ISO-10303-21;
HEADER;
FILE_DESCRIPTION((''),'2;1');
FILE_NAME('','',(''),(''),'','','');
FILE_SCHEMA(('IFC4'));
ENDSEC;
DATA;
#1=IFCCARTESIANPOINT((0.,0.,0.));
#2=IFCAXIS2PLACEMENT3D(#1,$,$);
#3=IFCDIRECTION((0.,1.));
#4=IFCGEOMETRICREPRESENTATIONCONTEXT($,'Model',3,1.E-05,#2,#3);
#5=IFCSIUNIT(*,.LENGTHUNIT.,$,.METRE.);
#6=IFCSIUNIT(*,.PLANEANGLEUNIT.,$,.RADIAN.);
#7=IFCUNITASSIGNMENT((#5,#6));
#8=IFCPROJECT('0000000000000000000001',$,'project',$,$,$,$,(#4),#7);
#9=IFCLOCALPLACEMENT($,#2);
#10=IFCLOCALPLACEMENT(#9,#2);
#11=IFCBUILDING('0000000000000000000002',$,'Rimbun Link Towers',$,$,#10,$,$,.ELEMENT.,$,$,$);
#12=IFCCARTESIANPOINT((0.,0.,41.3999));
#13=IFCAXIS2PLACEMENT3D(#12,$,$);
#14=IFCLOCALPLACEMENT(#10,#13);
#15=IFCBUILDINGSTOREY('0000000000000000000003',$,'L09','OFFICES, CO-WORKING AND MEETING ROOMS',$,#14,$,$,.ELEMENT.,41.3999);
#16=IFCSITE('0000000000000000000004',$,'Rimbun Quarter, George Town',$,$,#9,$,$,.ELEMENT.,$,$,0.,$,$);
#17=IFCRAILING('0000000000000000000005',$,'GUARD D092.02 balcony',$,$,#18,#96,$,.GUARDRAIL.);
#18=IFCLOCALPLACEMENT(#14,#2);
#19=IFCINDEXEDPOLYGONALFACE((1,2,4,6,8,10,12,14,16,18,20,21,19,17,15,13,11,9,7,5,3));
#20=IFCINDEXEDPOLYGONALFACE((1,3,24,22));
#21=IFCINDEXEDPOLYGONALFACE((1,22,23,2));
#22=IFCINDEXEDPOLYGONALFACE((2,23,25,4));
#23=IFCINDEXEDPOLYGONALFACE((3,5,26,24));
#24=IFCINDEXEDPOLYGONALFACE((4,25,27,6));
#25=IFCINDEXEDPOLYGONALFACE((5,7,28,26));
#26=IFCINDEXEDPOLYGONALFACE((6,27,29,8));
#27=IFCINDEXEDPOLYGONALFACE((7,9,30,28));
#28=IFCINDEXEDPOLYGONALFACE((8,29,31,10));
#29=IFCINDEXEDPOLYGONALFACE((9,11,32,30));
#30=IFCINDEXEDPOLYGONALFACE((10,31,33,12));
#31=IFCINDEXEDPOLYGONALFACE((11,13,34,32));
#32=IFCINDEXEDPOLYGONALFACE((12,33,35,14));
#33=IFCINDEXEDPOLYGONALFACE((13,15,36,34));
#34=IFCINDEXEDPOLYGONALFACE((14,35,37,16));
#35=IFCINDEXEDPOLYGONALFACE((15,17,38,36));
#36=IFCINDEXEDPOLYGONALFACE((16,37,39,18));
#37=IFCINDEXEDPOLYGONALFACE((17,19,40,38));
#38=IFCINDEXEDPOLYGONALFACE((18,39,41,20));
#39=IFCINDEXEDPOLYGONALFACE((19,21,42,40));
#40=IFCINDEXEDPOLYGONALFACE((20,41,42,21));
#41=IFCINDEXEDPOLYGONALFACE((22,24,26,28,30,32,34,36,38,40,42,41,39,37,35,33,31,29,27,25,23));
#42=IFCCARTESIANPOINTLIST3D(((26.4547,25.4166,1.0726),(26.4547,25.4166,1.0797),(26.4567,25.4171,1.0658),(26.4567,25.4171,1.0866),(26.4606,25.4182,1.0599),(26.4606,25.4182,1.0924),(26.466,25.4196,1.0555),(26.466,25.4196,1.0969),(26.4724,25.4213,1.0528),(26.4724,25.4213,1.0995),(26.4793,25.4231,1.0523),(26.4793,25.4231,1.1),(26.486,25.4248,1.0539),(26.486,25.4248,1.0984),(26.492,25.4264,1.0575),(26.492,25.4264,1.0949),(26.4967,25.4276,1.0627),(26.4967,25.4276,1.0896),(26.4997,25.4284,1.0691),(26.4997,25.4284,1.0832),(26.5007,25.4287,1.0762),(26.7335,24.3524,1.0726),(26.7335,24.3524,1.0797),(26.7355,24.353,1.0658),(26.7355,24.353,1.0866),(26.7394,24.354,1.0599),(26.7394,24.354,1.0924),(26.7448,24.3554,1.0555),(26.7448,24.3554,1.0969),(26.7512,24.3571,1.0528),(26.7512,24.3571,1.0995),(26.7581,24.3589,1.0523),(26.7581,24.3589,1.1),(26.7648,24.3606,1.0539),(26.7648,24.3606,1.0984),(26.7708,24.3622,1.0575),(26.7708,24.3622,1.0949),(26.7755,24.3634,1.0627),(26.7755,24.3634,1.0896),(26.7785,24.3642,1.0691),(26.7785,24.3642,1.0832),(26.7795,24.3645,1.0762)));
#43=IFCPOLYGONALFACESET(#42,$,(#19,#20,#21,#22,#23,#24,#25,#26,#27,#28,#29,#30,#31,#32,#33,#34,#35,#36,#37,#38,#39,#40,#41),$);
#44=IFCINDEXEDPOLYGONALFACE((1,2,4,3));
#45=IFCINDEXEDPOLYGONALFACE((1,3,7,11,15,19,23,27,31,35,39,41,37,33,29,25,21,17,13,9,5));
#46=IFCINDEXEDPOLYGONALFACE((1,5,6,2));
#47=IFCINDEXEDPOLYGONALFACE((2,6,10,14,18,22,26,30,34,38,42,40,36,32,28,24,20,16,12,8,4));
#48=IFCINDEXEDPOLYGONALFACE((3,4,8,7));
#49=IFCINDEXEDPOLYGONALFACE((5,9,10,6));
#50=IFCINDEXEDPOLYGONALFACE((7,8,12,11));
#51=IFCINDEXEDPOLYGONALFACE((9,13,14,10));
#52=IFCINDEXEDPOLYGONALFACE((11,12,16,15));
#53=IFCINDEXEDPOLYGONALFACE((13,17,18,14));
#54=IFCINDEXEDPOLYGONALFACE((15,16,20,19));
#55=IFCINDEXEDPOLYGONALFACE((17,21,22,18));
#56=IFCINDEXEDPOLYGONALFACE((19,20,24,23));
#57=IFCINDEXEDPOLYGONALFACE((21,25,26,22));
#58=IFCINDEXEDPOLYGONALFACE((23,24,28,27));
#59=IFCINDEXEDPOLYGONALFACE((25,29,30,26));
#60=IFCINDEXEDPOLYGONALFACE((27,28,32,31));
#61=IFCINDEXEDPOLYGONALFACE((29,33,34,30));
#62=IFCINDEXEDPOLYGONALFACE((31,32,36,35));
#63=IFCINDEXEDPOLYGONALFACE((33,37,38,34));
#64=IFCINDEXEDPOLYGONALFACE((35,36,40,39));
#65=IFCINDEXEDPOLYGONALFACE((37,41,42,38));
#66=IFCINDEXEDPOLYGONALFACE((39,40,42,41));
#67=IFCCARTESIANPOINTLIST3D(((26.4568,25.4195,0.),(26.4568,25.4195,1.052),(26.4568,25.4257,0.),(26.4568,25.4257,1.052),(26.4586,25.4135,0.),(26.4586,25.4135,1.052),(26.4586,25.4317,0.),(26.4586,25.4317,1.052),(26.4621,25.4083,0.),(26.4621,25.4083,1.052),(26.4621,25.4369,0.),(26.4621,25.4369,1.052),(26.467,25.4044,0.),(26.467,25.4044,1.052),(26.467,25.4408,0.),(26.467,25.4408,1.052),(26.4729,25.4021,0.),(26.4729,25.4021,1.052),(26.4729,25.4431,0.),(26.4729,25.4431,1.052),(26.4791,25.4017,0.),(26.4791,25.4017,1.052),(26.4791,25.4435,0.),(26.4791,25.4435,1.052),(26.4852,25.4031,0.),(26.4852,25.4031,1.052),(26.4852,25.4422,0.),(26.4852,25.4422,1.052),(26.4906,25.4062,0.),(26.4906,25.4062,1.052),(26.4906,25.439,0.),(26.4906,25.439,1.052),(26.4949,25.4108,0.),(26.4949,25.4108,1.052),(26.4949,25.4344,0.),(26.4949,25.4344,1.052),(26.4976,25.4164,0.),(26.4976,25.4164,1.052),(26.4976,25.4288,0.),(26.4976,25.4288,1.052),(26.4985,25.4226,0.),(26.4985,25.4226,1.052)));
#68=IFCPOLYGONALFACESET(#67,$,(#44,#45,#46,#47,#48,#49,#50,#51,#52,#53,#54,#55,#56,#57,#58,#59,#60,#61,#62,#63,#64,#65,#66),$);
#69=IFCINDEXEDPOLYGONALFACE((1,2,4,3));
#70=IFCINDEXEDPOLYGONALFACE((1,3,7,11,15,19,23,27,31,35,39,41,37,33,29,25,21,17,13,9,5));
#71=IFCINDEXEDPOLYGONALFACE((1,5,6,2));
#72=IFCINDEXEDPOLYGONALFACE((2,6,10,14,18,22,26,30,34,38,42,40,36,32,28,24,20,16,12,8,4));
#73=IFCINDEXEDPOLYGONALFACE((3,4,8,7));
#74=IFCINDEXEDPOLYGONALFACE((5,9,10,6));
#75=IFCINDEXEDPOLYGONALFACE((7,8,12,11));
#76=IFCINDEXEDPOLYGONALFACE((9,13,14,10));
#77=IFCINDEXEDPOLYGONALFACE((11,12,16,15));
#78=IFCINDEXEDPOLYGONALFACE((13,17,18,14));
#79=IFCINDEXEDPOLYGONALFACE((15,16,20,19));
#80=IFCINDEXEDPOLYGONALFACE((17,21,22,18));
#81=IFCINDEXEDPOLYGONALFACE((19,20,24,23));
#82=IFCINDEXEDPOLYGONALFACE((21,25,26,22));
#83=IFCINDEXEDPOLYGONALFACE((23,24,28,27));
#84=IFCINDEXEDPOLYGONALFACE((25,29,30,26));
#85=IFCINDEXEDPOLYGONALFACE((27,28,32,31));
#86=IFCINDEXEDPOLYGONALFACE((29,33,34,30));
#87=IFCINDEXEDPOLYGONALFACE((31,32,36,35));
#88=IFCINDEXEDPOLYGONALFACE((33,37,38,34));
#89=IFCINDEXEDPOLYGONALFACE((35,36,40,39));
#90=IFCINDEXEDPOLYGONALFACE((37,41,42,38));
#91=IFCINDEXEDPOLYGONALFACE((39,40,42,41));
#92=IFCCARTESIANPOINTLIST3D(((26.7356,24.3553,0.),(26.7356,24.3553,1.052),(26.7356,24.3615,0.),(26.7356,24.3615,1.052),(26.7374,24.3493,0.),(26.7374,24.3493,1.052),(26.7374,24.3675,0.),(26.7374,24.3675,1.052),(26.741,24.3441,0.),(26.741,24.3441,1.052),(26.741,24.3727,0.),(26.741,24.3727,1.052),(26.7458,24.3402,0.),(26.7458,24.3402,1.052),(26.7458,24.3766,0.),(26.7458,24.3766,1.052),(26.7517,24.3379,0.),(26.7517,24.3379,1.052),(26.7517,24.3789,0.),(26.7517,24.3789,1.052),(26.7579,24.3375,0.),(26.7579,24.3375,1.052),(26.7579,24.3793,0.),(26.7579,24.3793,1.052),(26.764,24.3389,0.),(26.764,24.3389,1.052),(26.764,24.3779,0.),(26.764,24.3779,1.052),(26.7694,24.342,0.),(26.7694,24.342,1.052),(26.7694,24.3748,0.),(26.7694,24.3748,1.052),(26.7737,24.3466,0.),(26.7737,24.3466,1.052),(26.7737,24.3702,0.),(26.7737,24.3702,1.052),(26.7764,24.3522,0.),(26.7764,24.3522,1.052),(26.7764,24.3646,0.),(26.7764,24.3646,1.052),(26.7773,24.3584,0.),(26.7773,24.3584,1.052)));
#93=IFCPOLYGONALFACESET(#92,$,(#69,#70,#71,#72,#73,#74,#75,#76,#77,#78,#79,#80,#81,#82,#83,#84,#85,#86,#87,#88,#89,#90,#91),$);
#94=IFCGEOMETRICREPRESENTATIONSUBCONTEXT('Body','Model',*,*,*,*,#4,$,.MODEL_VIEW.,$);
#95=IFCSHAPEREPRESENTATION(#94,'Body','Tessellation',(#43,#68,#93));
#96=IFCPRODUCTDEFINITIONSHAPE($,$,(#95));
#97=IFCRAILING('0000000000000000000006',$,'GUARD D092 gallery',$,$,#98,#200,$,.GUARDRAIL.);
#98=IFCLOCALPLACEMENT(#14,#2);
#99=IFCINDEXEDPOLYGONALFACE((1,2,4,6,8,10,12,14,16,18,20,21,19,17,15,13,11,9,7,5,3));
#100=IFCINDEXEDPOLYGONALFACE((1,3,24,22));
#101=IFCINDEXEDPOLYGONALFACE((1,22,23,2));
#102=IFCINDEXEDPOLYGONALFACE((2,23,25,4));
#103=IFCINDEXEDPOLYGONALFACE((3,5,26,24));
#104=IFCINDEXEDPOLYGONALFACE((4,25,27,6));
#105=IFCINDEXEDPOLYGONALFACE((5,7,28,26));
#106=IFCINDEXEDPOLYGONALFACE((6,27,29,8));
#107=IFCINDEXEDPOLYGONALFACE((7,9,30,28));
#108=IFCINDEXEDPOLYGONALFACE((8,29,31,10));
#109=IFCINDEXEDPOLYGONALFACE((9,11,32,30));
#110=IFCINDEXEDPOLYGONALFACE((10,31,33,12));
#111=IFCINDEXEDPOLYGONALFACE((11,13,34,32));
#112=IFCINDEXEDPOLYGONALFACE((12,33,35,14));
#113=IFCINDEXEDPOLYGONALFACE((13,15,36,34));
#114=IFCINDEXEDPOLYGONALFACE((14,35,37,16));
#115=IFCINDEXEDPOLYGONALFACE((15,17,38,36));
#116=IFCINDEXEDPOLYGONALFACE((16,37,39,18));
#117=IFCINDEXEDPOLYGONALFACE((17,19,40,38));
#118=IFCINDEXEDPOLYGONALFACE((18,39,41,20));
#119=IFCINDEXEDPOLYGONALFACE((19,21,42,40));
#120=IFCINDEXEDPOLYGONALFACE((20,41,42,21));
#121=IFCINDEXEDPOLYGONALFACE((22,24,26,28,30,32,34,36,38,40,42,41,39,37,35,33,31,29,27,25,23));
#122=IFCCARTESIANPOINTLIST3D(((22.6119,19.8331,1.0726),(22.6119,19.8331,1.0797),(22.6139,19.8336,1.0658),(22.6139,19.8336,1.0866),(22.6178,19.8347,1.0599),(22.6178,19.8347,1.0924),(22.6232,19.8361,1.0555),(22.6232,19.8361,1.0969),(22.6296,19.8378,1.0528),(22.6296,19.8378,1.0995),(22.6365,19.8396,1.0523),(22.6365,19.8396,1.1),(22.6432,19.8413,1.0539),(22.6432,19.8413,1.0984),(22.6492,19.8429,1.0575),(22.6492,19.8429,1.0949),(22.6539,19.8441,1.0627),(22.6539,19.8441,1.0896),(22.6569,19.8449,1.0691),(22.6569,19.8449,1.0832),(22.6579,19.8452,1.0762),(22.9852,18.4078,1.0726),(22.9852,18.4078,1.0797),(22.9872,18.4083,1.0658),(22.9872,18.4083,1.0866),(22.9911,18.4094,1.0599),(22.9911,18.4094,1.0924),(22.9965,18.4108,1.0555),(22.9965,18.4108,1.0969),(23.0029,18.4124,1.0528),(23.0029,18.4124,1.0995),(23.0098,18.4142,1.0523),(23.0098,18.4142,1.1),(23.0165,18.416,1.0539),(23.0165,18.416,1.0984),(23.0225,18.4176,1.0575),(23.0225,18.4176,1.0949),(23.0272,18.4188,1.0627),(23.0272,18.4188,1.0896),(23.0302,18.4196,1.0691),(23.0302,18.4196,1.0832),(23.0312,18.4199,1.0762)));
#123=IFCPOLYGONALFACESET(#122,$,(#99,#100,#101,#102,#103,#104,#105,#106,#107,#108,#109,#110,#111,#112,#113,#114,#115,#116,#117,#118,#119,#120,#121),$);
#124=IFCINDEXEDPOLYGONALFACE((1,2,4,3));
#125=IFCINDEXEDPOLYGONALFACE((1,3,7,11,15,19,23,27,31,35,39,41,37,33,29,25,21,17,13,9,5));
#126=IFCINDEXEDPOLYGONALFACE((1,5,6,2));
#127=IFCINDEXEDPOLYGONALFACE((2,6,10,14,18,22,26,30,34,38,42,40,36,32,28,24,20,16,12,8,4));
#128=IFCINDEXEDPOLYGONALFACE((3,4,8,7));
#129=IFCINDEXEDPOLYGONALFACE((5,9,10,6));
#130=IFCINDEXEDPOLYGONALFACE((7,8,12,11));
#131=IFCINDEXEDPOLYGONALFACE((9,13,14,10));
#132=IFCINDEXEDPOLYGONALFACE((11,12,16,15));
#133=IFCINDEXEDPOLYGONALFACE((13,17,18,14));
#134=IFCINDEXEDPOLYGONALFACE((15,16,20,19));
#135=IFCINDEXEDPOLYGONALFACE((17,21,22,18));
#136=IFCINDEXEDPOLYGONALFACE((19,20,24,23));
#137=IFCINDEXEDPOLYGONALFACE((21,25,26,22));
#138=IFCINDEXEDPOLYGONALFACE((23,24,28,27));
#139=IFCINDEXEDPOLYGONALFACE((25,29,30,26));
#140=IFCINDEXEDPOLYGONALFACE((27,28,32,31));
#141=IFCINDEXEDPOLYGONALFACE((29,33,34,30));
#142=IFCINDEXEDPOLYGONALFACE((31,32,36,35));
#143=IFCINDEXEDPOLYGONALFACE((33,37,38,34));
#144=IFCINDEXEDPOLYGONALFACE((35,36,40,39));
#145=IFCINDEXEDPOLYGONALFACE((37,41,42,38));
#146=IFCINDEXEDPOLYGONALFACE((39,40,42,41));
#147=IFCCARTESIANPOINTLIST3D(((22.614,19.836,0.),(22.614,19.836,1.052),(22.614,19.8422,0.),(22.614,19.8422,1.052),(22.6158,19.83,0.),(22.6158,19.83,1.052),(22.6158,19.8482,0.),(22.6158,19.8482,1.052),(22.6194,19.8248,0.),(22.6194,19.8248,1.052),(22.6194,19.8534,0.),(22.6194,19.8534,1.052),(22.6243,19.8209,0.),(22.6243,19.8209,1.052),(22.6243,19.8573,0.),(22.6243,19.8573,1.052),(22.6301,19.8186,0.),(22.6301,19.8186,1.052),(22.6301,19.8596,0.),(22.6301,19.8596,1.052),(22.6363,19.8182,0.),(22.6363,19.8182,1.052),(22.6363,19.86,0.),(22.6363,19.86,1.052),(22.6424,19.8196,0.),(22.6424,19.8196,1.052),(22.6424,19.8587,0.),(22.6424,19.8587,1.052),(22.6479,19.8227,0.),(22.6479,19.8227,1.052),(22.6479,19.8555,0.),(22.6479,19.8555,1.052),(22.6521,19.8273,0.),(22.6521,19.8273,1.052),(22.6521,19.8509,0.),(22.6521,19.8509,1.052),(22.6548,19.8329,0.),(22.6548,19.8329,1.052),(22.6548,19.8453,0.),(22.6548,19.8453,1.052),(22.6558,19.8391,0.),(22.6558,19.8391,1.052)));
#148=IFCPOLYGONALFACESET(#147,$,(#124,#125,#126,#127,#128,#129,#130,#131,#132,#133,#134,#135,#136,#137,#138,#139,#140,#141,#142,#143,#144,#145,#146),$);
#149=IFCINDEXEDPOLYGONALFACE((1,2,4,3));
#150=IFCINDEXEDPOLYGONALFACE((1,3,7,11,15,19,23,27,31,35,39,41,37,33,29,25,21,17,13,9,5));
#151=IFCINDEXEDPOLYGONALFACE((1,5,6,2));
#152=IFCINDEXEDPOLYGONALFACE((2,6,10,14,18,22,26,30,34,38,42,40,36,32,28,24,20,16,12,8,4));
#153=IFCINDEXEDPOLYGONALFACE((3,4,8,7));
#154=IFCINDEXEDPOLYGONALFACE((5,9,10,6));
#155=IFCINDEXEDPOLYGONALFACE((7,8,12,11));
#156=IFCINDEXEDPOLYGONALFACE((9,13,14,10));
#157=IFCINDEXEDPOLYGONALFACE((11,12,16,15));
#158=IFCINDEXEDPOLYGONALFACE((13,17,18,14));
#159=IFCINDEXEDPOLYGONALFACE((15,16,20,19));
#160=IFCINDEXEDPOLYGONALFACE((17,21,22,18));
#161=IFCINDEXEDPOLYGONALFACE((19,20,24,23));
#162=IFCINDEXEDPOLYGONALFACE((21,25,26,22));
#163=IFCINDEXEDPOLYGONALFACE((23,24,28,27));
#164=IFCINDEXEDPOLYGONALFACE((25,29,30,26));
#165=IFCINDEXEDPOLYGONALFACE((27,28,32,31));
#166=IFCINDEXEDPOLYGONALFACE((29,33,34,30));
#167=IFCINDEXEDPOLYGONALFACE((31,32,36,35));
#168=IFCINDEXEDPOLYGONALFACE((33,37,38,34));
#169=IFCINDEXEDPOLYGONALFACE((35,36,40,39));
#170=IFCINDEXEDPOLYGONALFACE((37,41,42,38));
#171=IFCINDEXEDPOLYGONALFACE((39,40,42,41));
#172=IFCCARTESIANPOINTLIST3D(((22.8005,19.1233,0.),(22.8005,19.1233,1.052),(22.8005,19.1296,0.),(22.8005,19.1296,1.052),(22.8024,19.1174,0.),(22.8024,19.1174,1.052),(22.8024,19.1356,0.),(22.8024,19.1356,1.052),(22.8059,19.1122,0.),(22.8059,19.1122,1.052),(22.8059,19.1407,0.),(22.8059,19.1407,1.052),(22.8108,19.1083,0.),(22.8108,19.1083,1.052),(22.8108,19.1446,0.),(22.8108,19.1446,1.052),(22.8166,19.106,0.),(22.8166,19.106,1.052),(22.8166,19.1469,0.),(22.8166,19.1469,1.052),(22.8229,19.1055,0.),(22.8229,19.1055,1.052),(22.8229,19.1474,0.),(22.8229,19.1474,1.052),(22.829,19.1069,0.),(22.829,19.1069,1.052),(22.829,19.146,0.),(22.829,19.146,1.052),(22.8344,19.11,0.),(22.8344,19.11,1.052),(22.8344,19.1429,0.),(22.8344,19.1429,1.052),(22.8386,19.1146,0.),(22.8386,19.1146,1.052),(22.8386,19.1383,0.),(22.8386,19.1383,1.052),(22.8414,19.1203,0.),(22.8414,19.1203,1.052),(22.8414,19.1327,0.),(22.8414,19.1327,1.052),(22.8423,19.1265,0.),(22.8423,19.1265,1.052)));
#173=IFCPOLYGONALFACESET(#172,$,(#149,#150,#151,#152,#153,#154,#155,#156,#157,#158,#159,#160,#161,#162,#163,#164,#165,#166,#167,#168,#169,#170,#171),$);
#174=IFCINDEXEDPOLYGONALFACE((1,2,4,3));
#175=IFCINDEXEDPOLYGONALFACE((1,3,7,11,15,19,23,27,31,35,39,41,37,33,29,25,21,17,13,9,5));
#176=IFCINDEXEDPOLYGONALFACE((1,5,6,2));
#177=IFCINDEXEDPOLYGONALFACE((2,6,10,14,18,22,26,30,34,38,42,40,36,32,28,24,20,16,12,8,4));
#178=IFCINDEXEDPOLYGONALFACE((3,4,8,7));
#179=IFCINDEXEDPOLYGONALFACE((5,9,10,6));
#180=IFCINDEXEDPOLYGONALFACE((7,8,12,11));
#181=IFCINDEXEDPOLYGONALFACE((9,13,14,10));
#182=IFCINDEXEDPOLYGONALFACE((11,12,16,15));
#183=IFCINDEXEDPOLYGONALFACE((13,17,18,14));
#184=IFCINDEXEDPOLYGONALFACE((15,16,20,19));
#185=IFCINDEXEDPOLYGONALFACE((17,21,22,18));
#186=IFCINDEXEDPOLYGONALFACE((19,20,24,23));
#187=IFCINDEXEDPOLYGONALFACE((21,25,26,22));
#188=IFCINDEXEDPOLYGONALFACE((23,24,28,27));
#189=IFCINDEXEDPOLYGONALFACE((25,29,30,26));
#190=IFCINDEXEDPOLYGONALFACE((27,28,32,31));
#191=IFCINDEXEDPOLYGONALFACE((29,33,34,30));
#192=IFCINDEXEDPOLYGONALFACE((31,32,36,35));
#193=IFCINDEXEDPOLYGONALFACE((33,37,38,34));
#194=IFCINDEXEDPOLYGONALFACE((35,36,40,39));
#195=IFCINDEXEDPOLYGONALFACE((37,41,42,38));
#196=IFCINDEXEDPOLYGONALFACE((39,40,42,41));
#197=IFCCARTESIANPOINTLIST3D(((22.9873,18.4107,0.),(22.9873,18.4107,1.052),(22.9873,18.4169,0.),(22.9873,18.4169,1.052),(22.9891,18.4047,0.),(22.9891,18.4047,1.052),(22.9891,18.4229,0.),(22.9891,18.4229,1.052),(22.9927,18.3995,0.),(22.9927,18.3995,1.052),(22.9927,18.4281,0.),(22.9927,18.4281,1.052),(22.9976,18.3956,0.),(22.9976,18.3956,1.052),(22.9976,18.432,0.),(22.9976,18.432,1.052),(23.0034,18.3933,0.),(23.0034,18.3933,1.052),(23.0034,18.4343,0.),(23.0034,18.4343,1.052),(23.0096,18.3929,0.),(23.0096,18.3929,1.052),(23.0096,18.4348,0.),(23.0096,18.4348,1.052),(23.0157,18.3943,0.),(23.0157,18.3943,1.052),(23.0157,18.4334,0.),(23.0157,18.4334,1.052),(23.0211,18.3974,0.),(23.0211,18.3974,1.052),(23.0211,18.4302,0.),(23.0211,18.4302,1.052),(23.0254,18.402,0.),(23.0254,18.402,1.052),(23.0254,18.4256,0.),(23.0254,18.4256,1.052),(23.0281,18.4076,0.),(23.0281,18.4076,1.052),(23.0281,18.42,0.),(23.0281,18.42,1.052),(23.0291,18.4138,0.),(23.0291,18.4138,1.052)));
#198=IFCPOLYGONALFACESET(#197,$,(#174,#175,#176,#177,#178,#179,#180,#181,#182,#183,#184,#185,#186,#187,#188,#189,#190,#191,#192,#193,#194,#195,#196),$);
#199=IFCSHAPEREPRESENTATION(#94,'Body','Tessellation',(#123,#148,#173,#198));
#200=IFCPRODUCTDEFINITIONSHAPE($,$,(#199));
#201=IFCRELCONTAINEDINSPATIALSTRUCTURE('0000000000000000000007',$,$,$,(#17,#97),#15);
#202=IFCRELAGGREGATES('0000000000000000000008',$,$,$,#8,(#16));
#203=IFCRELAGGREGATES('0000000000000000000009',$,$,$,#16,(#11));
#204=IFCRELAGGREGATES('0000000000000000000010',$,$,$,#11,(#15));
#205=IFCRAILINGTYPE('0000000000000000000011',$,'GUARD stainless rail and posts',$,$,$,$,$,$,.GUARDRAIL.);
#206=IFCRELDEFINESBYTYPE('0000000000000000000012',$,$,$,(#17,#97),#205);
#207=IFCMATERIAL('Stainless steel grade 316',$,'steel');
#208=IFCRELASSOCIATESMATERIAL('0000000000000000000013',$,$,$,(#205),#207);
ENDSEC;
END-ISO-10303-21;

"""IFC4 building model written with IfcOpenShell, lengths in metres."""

from ifc_helpers import new_model, si_unit, direction, frame, origin, origin_2d, place, context, subcontext, project, spatial, circle, extrude, material, type_object, element, save


model = new_model("IFC4")

# Units and contexts
model_context = context("Model", 3, precision=1e-05, world=origin(), true_north=direction((0.0, 1.0)))
body_context = subcontext(model_context, "Body", "Model", "MODEL_VIEW")
ifc_project = project(units=[si_unit("LENGTHUNIT", "METRE"), si_unit("PLANEANGLEUNIT", "RADIAN")], contexts=[model_context])

# Site, building, storey
site_placement = place(None, origin())
site = spatial("IfcSite", under=ifc_project, at=site_placement, Name="Rimbun Quarter, George Town", CompositionType="ELEMENT", RefElevation=0.0)
building_placement = place(site_placement, origin())
building = spatial("IfcBuilding", under=site, at=building_placement, Name="Rimbun Link Towers", CompositionType="ELEMENT")
storey_placement = place(building_placement, frame((0.0, 0.0, 41.3999)))
storey = spatial("IfcBuildingStorey", under=building, at=storey_placement, Name="L09", Description="OFFICES, CO-WORKING AND MEETING ROOMS", CompositionType="ELEMENT", Elevation=41.3999)

# Railings
ifc_material_1 = material(Name="Stainless steel grade 316", Category="steel")
railing_type = type_object("IfcRailingType", Name="GUARD stainless rail and posts", PredefinedType="GUARDRAIL", material=ifc_material_1)
railing_1_placement = place(storey_placement, frame((26.4775, 25.4226, 0.0)))
element("IfcRailing", 1, at=railing_1_placement, inside=storey, type_object=railing_type, Name="GUARD D092.02 balcony", PredefinedType="GUARDRAIL", context=body_context, shape_type="SweptSolid", body=[
    extrude(circle(Radius=0.0239, at=origin_2d()), frame((0.0, 0.0, 1.0762), z_axis=(0.253434, -0.967353, 0.0), x_axis=(0.967353, 0.253434, 0.0)), (0.0, 0.0, 1.0), 1.1001),
    extrude(circle(Radius=0.021, at=origin_2d()), origin(), (0.0, 0.0, 1.0), 1.052),
    extrude(circle(Radius=0.021, at=origin_2d()), frame((0.2788, -1.0642, 0.0)), (0.0, 0.0, 1.0), 1.052),
])
railing_2_placement = place(storey_placement, frame((22.6348, 19.8391, 0.0)))
element("IfcRailing", 2, at=railing_2_placement, inside=storey, type_object=railing_type, Name="GUARD D092 gallery", PredefinedType="GUARDRAIL", context=body_context, shape_type="SweptSolid", body=[
    extrude(circle(Radius=0.0239, at=origin_2d()), frame((0.0, 0.0, 1.0762), z_axis=(0.253359, -0.967372, 0.0), x_axis=(0.967372, 0.253359, 0.0)), (0.0, 0.0, 1.0), 1.4734),
    extrude(circle(Radius=0.021, at=origin_2d()), origin(), (0.0, 0.0, 1.0), 1.052),
    extrude(circle(Radius=0.021, at=origin_2d()), frame((0.1865, -0.7126, 0.0)), (0.0, 0.0, 1.0), 1.052),
    extrude(circle(Radius=0.021, at=origin_2d()), frame((0.3733, -1.4253, 0.0)), (0.0, 0.0, 1.0), 1.052),
])

save(model, "model.ifc")
